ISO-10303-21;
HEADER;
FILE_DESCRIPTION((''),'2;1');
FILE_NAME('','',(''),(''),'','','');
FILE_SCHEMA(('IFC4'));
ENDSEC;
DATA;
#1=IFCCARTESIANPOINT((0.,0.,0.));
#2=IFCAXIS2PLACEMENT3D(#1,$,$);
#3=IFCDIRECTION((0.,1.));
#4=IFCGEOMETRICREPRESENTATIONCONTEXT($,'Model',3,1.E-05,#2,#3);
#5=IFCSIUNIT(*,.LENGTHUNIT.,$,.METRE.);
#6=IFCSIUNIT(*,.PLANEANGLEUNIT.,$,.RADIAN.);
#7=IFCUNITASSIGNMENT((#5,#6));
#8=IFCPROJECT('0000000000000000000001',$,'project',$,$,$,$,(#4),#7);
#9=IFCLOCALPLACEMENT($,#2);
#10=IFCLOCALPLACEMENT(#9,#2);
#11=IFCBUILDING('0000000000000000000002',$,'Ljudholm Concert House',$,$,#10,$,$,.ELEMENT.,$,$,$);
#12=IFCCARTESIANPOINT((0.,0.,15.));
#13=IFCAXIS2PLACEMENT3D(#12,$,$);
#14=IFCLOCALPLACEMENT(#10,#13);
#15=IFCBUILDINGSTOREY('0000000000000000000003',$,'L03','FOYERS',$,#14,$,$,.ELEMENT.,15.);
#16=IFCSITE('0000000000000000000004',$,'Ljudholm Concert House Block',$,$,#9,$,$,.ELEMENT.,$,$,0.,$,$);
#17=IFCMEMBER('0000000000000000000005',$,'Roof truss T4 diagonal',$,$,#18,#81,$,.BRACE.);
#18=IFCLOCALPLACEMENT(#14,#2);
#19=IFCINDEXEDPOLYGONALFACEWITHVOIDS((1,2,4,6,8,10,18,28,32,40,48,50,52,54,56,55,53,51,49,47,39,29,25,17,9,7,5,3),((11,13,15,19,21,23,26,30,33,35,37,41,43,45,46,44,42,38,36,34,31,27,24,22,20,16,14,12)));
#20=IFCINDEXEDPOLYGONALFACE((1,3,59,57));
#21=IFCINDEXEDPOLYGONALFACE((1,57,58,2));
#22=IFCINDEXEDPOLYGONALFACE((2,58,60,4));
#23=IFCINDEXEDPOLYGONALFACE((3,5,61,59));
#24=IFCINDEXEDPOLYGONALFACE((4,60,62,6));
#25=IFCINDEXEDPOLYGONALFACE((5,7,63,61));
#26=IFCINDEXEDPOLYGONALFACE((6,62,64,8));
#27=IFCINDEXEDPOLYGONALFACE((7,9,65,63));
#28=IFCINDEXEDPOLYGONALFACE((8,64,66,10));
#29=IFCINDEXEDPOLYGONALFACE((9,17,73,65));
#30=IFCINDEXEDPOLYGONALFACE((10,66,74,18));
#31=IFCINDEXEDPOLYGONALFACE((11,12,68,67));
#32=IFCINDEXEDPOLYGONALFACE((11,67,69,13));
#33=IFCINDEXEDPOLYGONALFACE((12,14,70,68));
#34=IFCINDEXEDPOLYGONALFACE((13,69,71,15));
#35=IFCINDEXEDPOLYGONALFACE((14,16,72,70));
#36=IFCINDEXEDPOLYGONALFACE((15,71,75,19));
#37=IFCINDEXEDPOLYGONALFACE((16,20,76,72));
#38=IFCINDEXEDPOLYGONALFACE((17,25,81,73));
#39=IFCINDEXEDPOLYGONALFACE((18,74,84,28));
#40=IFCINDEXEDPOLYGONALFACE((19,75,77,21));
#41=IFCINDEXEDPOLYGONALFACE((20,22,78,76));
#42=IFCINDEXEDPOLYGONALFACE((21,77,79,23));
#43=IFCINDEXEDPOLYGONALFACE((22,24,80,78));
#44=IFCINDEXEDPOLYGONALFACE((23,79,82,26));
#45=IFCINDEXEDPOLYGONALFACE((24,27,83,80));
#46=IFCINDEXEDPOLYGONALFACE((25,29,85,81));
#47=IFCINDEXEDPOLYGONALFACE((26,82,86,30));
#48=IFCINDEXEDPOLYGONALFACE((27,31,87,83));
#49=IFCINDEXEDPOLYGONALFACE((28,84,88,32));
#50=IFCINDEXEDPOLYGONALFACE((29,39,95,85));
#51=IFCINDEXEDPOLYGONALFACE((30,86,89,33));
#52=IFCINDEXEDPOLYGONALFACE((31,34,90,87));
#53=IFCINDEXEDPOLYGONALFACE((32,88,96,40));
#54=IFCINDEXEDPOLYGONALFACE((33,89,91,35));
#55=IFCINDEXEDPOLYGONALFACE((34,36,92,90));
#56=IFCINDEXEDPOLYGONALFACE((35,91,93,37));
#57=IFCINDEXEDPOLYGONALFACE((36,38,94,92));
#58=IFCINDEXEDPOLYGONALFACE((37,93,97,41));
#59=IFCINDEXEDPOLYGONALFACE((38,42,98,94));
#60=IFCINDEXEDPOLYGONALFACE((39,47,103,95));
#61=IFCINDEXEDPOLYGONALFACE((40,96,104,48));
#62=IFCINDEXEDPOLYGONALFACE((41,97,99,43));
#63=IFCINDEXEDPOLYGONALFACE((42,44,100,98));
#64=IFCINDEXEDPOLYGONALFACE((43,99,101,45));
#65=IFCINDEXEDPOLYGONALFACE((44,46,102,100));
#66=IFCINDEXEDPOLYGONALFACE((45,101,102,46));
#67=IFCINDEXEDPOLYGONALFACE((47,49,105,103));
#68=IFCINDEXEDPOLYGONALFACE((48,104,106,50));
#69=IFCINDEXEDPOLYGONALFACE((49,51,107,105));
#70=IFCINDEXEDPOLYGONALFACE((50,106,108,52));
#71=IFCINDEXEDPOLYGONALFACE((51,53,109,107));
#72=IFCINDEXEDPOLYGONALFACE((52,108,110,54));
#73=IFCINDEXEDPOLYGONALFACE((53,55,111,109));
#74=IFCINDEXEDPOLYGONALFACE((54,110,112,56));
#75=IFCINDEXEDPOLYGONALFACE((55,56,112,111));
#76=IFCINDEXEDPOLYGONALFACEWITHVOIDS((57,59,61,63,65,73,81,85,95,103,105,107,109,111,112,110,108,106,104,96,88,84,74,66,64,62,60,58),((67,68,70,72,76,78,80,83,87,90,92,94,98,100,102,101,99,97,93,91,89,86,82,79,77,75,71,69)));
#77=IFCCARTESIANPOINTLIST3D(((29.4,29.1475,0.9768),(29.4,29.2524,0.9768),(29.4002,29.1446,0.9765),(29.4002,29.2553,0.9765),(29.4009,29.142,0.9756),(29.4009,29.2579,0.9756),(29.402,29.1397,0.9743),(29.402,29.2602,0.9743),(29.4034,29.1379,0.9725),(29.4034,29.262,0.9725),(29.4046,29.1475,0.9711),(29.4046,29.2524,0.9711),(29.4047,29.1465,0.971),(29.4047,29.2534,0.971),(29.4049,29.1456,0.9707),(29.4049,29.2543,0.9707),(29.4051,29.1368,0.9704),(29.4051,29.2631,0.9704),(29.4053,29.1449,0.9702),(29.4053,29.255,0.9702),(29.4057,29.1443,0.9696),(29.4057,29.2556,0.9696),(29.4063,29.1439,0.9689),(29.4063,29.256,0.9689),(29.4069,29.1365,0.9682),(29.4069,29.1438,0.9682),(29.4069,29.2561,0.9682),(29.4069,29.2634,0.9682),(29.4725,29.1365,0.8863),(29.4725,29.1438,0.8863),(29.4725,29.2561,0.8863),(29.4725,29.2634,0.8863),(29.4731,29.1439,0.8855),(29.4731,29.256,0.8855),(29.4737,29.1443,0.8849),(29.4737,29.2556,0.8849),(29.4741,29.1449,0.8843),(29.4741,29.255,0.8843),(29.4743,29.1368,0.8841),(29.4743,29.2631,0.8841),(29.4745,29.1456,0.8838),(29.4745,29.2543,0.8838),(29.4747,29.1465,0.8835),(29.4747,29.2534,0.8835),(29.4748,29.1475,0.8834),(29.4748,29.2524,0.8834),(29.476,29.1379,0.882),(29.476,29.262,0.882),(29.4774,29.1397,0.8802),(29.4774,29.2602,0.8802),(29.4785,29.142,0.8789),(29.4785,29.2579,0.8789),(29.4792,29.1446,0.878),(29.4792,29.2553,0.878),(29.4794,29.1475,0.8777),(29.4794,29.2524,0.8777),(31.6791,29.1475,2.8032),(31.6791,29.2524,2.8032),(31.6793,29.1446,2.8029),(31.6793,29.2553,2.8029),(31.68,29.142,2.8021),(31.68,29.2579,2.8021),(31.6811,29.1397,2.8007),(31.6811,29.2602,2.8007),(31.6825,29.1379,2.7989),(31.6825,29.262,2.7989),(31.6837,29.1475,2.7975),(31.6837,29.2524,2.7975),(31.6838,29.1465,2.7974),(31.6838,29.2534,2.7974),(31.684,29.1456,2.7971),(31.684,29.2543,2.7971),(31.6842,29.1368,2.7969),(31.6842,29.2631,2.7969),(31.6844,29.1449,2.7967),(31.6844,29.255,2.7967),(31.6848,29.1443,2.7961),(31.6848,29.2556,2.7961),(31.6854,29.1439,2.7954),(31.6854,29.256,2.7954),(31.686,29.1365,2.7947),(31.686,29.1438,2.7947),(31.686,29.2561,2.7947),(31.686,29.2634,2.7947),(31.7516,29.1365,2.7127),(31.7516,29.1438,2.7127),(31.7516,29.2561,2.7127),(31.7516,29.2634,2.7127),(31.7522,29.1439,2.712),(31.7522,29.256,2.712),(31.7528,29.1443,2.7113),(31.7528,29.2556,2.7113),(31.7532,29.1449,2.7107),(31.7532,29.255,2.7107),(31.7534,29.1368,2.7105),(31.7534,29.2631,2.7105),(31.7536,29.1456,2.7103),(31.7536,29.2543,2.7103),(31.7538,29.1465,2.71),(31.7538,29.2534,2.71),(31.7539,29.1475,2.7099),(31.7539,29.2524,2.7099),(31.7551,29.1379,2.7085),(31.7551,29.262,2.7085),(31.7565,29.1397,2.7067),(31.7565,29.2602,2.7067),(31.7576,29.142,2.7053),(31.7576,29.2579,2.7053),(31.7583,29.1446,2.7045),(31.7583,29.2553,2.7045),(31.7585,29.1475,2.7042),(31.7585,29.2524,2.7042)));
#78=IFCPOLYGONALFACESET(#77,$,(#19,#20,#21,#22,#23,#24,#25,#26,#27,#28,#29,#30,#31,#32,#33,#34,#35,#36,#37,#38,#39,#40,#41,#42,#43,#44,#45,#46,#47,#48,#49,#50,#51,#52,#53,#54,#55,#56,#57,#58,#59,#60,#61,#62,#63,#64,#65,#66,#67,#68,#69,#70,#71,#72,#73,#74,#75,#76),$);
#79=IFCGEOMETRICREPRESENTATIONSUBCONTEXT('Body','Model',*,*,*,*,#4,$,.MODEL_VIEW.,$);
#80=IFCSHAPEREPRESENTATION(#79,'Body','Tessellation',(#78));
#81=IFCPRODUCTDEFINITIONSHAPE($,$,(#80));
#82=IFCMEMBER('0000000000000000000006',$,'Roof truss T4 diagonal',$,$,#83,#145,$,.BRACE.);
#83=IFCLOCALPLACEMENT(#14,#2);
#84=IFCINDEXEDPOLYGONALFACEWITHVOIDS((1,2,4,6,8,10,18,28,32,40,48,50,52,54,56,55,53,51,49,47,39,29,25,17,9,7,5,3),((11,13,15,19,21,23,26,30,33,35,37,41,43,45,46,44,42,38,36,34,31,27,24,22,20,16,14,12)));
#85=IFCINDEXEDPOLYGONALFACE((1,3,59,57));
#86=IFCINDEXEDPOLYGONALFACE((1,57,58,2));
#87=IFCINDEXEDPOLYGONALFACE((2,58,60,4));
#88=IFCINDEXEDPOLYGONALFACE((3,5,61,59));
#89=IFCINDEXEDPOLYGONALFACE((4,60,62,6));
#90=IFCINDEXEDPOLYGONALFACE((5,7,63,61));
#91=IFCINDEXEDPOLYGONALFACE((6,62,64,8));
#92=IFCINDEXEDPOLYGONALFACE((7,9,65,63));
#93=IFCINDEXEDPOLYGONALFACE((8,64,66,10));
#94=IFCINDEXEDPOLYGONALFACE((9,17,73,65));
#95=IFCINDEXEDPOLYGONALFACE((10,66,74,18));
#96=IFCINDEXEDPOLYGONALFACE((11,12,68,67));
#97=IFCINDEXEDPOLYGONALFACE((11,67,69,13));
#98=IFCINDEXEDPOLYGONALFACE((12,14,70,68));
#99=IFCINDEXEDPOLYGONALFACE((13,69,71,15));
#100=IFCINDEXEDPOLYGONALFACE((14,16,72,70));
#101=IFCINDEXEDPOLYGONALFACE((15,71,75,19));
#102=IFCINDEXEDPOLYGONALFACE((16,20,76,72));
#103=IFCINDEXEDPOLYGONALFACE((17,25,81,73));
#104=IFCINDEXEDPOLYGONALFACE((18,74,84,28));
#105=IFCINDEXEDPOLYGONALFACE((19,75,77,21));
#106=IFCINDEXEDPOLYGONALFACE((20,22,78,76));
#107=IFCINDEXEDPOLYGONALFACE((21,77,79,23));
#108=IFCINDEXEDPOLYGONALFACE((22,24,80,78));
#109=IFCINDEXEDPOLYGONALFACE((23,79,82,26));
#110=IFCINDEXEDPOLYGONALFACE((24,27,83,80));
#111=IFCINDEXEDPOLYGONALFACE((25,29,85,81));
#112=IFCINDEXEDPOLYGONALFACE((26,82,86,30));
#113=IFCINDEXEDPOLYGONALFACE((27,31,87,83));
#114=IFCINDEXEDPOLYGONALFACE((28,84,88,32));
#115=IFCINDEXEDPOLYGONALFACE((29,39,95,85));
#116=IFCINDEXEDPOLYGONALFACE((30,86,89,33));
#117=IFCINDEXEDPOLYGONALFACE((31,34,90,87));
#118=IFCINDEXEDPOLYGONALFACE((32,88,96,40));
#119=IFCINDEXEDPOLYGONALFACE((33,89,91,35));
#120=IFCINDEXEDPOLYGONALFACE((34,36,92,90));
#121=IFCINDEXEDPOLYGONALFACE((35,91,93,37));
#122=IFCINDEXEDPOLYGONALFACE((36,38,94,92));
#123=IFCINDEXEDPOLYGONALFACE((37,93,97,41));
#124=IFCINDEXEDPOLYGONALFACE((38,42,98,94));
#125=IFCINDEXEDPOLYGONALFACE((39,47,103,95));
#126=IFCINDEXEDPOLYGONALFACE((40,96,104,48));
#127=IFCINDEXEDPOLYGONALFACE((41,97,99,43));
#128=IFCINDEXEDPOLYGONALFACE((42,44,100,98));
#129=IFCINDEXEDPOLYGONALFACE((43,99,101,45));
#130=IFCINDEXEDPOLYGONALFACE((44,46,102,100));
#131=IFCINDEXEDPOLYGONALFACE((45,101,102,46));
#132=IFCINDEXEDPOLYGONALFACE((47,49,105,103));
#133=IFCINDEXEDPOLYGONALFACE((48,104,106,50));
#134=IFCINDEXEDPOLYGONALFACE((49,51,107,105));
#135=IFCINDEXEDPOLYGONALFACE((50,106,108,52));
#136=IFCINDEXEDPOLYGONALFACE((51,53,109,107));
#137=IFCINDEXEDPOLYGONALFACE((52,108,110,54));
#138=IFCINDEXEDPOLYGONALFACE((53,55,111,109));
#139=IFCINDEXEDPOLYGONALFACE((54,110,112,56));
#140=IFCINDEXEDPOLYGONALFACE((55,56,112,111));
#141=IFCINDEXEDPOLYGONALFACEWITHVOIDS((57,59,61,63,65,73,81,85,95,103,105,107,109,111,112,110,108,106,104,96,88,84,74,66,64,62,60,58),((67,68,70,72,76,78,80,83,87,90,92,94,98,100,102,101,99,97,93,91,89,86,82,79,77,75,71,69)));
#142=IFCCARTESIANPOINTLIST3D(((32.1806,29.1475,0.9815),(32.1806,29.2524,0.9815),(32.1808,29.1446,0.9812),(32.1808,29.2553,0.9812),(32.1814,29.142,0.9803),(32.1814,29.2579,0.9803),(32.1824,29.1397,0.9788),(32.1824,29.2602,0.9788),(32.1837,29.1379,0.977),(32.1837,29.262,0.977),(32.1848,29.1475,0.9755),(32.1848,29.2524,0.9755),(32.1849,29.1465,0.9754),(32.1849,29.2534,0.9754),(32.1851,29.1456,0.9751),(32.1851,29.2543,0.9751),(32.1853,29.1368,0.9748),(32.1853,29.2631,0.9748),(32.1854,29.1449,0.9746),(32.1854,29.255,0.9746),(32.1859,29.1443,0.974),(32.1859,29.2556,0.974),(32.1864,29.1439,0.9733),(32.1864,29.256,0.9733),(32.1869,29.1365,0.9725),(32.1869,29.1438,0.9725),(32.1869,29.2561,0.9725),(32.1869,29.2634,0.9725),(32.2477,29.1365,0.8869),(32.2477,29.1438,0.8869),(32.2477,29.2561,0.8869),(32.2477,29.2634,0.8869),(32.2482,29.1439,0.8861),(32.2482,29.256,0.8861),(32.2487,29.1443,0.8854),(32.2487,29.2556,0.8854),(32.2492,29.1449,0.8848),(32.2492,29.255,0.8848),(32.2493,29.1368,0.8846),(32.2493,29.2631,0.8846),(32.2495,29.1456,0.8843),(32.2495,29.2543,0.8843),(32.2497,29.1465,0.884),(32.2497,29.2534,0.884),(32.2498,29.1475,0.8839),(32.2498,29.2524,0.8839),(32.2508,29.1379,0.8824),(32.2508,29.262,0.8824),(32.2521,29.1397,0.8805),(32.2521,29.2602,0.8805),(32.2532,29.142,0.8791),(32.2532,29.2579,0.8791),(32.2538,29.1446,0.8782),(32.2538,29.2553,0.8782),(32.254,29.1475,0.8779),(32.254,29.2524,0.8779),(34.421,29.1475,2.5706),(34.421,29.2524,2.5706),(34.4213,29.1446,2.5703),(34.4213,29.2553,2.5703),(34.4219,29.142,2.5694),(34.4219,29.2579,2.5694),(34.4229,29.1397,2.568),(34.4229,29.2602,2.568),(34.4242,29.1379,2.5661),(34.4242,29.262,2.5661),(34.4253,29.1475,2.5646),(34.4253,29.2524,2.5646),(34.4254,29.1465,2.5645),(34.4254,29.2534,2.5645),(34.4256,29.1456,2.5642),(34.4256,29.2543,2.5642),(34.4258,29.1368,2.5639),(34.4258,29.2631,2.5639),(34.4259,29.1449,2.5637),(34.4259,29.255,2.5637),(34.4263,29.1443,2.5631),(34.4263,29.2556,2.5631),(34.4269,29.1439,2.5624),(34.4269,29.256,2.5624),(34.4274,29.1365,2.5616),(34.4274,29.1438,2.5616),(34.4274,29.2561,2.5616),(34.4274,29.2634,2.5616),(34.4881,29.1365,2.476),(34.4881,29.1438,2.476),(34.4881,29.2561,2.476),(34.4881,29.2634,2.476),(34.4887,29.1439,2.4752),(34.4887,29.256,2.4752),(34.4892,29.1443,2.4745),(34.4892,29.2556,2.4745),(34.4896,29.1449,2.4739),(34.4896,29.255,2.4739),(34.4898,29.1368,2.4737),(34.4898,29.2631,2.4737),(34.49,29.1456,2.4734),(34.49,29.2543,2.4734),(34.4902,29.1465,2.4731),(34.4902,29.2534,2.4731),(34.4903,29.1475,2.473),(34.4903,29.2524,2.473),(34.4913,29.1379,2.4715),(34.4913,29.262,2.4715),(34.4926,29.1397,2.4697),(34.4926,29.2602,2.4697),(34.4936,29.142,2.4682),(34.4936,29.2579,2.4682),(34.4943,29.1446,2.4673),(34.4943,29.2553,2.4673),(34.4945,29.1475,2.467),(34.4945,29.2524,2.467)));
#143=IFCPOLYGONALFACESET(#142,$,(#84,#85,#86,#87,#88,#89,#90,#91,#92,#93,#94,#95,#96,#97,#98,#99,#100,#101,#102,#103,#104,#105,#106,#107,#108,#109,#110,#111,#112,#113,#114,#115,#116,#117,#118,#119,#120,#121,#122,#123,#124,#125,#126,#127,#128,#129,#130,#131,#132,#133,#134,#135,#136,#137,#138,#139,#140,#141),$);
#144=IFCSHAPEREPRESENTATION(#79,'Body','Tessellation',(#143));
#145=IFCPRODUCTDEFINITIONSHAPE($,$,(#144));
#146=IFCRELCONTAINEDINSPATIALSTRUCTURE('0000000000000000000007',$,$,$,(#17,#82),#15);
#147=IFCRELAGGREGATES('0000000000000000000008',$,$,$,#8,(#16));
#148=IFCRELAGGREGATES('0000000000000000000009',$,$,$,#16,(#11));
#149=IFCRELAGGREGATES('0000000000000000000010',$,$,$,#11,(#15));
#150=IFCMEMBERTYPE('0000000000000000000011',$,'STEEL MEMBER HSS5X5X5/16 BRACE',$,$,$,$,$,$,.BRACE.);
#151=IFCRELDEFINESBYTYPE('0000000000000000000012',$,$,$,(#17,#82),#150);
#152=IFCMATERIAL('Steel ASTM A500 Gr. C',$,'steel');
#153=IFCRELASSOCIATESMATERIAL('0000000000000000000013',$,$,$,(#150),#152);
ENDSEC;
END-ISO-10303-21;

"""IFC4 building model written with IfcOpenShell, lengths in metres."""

from ifc_helpers import new_model, si_unit, direction, frame, origin, origin_2d, place, context, subcontext, project, spatial, hollow_rectangle, extrude, material, material_profile, profile_set, type_object, element, save


model = new_model("IFC4")

# Units and contexts
model_context = context("Model", 3, precision=1e-05, world=origin(), true_north=direction((0.0, 1.0)))
body_context = subcontext(model_context, "Body", "Model", "MODEL_VIEW")
ifc_project = project(units=[si_unit("LENGTHUNIT", "METRE"), si_unit("PLANEANGLEUNIT", "RADIAN")], contexts=[model_context])

# Site, building, storey
site_placement = place(None, origin())
site = spatial("IfcSite", under=ifc_project, at=site_placement, Name="Ljudholm Concert House Block", CompositionType="ELEMENT", RefElevation=0.0)
building_placement = place(site_placement, origin())
building = spatial("IfcBuilding", under=site, at=building_placement, Name="Ljudholm Concert House", CompositionType="ELEMENT")
storey_placement = place(building_placement, frame((0.0, 0.0, 15.0)))
storey = spatial("IfcBuildingStorey", under=building, at=storey_placement, Name="L03", Description="FOYERS", CompositionType="ELEMENT", Elevation=15.0)

# Members
ifc_material_1 = material(Name="Steel ASTM A500 Gr. C", Category="steel")
ifc_material_profile_1 = material_profile(ifc_material_1, hollow_rectangle(XDim=0.127, YDim=0.127, WallThickness=0.0073, InnerFilletRadius=0.0037, OuterFilletRadius=0.011, at=origin_2d()), Name="HSS5X5X5/16")
ifc_profile_set_1 = profile_set([ifc_material_profile_1], Name="Steel ASTM A500 Gr. C")
member_type_1 = type_object("IfcMemberType", Name="STEEL MEMBER HSS5X5X5/16 BRACE", PredefinedType="BRACE", material=ifc_profile_set_1)
member_1_placement = place(storey_placement, frame((29.4397, 29.2, 0.9272), z_axis=(0.780338, 0.0, 0.625357), x_axis=(0.0, 1.0, 0.0)))
element("IfcMember", 1, at=member_1_placement, inside=storey, type_object=member_type_1, Name="Roof truss T4 diagonal", PredefinedType="BRACE", context=body_context, shape_type="SweptSolid", body=[
    extrude(hollow_rectangle(XDim=0.127, YDim=0.127, WallThickness=0.0073, InnerFilletRadius=0.0037, OuterFilletRadius=0.011, at=origin_2d()), origin(), (0.0, 0.0, 1.0), 2.9207),
])
member_2_placement = place(storey_placement, frame((32.2173, 29.2, 0.9297), z_axis=(0.815663, 0.0, 0.578528), x_axis=(0.0, 1.0, 0.0)))
element("IfcMember", 2, at=member_2_placement, inside=storey, type_object=member_type_1, Name="Roof truss T4 diagonal", PredefinedType="BRACE", context=body_context, shape_type="SweptSolid", body=[
    extrude(hollow_rectangle(XDim=0.127, YDim=0.127, WallThickness=0.0073, InnerFilletRadius=0.0037, OuterFilletRadius=0.011, at=origin_2d()), origin(), (0.0, 0.0, 1.0), 2.7468),
])

save(model, "model.ifc")
